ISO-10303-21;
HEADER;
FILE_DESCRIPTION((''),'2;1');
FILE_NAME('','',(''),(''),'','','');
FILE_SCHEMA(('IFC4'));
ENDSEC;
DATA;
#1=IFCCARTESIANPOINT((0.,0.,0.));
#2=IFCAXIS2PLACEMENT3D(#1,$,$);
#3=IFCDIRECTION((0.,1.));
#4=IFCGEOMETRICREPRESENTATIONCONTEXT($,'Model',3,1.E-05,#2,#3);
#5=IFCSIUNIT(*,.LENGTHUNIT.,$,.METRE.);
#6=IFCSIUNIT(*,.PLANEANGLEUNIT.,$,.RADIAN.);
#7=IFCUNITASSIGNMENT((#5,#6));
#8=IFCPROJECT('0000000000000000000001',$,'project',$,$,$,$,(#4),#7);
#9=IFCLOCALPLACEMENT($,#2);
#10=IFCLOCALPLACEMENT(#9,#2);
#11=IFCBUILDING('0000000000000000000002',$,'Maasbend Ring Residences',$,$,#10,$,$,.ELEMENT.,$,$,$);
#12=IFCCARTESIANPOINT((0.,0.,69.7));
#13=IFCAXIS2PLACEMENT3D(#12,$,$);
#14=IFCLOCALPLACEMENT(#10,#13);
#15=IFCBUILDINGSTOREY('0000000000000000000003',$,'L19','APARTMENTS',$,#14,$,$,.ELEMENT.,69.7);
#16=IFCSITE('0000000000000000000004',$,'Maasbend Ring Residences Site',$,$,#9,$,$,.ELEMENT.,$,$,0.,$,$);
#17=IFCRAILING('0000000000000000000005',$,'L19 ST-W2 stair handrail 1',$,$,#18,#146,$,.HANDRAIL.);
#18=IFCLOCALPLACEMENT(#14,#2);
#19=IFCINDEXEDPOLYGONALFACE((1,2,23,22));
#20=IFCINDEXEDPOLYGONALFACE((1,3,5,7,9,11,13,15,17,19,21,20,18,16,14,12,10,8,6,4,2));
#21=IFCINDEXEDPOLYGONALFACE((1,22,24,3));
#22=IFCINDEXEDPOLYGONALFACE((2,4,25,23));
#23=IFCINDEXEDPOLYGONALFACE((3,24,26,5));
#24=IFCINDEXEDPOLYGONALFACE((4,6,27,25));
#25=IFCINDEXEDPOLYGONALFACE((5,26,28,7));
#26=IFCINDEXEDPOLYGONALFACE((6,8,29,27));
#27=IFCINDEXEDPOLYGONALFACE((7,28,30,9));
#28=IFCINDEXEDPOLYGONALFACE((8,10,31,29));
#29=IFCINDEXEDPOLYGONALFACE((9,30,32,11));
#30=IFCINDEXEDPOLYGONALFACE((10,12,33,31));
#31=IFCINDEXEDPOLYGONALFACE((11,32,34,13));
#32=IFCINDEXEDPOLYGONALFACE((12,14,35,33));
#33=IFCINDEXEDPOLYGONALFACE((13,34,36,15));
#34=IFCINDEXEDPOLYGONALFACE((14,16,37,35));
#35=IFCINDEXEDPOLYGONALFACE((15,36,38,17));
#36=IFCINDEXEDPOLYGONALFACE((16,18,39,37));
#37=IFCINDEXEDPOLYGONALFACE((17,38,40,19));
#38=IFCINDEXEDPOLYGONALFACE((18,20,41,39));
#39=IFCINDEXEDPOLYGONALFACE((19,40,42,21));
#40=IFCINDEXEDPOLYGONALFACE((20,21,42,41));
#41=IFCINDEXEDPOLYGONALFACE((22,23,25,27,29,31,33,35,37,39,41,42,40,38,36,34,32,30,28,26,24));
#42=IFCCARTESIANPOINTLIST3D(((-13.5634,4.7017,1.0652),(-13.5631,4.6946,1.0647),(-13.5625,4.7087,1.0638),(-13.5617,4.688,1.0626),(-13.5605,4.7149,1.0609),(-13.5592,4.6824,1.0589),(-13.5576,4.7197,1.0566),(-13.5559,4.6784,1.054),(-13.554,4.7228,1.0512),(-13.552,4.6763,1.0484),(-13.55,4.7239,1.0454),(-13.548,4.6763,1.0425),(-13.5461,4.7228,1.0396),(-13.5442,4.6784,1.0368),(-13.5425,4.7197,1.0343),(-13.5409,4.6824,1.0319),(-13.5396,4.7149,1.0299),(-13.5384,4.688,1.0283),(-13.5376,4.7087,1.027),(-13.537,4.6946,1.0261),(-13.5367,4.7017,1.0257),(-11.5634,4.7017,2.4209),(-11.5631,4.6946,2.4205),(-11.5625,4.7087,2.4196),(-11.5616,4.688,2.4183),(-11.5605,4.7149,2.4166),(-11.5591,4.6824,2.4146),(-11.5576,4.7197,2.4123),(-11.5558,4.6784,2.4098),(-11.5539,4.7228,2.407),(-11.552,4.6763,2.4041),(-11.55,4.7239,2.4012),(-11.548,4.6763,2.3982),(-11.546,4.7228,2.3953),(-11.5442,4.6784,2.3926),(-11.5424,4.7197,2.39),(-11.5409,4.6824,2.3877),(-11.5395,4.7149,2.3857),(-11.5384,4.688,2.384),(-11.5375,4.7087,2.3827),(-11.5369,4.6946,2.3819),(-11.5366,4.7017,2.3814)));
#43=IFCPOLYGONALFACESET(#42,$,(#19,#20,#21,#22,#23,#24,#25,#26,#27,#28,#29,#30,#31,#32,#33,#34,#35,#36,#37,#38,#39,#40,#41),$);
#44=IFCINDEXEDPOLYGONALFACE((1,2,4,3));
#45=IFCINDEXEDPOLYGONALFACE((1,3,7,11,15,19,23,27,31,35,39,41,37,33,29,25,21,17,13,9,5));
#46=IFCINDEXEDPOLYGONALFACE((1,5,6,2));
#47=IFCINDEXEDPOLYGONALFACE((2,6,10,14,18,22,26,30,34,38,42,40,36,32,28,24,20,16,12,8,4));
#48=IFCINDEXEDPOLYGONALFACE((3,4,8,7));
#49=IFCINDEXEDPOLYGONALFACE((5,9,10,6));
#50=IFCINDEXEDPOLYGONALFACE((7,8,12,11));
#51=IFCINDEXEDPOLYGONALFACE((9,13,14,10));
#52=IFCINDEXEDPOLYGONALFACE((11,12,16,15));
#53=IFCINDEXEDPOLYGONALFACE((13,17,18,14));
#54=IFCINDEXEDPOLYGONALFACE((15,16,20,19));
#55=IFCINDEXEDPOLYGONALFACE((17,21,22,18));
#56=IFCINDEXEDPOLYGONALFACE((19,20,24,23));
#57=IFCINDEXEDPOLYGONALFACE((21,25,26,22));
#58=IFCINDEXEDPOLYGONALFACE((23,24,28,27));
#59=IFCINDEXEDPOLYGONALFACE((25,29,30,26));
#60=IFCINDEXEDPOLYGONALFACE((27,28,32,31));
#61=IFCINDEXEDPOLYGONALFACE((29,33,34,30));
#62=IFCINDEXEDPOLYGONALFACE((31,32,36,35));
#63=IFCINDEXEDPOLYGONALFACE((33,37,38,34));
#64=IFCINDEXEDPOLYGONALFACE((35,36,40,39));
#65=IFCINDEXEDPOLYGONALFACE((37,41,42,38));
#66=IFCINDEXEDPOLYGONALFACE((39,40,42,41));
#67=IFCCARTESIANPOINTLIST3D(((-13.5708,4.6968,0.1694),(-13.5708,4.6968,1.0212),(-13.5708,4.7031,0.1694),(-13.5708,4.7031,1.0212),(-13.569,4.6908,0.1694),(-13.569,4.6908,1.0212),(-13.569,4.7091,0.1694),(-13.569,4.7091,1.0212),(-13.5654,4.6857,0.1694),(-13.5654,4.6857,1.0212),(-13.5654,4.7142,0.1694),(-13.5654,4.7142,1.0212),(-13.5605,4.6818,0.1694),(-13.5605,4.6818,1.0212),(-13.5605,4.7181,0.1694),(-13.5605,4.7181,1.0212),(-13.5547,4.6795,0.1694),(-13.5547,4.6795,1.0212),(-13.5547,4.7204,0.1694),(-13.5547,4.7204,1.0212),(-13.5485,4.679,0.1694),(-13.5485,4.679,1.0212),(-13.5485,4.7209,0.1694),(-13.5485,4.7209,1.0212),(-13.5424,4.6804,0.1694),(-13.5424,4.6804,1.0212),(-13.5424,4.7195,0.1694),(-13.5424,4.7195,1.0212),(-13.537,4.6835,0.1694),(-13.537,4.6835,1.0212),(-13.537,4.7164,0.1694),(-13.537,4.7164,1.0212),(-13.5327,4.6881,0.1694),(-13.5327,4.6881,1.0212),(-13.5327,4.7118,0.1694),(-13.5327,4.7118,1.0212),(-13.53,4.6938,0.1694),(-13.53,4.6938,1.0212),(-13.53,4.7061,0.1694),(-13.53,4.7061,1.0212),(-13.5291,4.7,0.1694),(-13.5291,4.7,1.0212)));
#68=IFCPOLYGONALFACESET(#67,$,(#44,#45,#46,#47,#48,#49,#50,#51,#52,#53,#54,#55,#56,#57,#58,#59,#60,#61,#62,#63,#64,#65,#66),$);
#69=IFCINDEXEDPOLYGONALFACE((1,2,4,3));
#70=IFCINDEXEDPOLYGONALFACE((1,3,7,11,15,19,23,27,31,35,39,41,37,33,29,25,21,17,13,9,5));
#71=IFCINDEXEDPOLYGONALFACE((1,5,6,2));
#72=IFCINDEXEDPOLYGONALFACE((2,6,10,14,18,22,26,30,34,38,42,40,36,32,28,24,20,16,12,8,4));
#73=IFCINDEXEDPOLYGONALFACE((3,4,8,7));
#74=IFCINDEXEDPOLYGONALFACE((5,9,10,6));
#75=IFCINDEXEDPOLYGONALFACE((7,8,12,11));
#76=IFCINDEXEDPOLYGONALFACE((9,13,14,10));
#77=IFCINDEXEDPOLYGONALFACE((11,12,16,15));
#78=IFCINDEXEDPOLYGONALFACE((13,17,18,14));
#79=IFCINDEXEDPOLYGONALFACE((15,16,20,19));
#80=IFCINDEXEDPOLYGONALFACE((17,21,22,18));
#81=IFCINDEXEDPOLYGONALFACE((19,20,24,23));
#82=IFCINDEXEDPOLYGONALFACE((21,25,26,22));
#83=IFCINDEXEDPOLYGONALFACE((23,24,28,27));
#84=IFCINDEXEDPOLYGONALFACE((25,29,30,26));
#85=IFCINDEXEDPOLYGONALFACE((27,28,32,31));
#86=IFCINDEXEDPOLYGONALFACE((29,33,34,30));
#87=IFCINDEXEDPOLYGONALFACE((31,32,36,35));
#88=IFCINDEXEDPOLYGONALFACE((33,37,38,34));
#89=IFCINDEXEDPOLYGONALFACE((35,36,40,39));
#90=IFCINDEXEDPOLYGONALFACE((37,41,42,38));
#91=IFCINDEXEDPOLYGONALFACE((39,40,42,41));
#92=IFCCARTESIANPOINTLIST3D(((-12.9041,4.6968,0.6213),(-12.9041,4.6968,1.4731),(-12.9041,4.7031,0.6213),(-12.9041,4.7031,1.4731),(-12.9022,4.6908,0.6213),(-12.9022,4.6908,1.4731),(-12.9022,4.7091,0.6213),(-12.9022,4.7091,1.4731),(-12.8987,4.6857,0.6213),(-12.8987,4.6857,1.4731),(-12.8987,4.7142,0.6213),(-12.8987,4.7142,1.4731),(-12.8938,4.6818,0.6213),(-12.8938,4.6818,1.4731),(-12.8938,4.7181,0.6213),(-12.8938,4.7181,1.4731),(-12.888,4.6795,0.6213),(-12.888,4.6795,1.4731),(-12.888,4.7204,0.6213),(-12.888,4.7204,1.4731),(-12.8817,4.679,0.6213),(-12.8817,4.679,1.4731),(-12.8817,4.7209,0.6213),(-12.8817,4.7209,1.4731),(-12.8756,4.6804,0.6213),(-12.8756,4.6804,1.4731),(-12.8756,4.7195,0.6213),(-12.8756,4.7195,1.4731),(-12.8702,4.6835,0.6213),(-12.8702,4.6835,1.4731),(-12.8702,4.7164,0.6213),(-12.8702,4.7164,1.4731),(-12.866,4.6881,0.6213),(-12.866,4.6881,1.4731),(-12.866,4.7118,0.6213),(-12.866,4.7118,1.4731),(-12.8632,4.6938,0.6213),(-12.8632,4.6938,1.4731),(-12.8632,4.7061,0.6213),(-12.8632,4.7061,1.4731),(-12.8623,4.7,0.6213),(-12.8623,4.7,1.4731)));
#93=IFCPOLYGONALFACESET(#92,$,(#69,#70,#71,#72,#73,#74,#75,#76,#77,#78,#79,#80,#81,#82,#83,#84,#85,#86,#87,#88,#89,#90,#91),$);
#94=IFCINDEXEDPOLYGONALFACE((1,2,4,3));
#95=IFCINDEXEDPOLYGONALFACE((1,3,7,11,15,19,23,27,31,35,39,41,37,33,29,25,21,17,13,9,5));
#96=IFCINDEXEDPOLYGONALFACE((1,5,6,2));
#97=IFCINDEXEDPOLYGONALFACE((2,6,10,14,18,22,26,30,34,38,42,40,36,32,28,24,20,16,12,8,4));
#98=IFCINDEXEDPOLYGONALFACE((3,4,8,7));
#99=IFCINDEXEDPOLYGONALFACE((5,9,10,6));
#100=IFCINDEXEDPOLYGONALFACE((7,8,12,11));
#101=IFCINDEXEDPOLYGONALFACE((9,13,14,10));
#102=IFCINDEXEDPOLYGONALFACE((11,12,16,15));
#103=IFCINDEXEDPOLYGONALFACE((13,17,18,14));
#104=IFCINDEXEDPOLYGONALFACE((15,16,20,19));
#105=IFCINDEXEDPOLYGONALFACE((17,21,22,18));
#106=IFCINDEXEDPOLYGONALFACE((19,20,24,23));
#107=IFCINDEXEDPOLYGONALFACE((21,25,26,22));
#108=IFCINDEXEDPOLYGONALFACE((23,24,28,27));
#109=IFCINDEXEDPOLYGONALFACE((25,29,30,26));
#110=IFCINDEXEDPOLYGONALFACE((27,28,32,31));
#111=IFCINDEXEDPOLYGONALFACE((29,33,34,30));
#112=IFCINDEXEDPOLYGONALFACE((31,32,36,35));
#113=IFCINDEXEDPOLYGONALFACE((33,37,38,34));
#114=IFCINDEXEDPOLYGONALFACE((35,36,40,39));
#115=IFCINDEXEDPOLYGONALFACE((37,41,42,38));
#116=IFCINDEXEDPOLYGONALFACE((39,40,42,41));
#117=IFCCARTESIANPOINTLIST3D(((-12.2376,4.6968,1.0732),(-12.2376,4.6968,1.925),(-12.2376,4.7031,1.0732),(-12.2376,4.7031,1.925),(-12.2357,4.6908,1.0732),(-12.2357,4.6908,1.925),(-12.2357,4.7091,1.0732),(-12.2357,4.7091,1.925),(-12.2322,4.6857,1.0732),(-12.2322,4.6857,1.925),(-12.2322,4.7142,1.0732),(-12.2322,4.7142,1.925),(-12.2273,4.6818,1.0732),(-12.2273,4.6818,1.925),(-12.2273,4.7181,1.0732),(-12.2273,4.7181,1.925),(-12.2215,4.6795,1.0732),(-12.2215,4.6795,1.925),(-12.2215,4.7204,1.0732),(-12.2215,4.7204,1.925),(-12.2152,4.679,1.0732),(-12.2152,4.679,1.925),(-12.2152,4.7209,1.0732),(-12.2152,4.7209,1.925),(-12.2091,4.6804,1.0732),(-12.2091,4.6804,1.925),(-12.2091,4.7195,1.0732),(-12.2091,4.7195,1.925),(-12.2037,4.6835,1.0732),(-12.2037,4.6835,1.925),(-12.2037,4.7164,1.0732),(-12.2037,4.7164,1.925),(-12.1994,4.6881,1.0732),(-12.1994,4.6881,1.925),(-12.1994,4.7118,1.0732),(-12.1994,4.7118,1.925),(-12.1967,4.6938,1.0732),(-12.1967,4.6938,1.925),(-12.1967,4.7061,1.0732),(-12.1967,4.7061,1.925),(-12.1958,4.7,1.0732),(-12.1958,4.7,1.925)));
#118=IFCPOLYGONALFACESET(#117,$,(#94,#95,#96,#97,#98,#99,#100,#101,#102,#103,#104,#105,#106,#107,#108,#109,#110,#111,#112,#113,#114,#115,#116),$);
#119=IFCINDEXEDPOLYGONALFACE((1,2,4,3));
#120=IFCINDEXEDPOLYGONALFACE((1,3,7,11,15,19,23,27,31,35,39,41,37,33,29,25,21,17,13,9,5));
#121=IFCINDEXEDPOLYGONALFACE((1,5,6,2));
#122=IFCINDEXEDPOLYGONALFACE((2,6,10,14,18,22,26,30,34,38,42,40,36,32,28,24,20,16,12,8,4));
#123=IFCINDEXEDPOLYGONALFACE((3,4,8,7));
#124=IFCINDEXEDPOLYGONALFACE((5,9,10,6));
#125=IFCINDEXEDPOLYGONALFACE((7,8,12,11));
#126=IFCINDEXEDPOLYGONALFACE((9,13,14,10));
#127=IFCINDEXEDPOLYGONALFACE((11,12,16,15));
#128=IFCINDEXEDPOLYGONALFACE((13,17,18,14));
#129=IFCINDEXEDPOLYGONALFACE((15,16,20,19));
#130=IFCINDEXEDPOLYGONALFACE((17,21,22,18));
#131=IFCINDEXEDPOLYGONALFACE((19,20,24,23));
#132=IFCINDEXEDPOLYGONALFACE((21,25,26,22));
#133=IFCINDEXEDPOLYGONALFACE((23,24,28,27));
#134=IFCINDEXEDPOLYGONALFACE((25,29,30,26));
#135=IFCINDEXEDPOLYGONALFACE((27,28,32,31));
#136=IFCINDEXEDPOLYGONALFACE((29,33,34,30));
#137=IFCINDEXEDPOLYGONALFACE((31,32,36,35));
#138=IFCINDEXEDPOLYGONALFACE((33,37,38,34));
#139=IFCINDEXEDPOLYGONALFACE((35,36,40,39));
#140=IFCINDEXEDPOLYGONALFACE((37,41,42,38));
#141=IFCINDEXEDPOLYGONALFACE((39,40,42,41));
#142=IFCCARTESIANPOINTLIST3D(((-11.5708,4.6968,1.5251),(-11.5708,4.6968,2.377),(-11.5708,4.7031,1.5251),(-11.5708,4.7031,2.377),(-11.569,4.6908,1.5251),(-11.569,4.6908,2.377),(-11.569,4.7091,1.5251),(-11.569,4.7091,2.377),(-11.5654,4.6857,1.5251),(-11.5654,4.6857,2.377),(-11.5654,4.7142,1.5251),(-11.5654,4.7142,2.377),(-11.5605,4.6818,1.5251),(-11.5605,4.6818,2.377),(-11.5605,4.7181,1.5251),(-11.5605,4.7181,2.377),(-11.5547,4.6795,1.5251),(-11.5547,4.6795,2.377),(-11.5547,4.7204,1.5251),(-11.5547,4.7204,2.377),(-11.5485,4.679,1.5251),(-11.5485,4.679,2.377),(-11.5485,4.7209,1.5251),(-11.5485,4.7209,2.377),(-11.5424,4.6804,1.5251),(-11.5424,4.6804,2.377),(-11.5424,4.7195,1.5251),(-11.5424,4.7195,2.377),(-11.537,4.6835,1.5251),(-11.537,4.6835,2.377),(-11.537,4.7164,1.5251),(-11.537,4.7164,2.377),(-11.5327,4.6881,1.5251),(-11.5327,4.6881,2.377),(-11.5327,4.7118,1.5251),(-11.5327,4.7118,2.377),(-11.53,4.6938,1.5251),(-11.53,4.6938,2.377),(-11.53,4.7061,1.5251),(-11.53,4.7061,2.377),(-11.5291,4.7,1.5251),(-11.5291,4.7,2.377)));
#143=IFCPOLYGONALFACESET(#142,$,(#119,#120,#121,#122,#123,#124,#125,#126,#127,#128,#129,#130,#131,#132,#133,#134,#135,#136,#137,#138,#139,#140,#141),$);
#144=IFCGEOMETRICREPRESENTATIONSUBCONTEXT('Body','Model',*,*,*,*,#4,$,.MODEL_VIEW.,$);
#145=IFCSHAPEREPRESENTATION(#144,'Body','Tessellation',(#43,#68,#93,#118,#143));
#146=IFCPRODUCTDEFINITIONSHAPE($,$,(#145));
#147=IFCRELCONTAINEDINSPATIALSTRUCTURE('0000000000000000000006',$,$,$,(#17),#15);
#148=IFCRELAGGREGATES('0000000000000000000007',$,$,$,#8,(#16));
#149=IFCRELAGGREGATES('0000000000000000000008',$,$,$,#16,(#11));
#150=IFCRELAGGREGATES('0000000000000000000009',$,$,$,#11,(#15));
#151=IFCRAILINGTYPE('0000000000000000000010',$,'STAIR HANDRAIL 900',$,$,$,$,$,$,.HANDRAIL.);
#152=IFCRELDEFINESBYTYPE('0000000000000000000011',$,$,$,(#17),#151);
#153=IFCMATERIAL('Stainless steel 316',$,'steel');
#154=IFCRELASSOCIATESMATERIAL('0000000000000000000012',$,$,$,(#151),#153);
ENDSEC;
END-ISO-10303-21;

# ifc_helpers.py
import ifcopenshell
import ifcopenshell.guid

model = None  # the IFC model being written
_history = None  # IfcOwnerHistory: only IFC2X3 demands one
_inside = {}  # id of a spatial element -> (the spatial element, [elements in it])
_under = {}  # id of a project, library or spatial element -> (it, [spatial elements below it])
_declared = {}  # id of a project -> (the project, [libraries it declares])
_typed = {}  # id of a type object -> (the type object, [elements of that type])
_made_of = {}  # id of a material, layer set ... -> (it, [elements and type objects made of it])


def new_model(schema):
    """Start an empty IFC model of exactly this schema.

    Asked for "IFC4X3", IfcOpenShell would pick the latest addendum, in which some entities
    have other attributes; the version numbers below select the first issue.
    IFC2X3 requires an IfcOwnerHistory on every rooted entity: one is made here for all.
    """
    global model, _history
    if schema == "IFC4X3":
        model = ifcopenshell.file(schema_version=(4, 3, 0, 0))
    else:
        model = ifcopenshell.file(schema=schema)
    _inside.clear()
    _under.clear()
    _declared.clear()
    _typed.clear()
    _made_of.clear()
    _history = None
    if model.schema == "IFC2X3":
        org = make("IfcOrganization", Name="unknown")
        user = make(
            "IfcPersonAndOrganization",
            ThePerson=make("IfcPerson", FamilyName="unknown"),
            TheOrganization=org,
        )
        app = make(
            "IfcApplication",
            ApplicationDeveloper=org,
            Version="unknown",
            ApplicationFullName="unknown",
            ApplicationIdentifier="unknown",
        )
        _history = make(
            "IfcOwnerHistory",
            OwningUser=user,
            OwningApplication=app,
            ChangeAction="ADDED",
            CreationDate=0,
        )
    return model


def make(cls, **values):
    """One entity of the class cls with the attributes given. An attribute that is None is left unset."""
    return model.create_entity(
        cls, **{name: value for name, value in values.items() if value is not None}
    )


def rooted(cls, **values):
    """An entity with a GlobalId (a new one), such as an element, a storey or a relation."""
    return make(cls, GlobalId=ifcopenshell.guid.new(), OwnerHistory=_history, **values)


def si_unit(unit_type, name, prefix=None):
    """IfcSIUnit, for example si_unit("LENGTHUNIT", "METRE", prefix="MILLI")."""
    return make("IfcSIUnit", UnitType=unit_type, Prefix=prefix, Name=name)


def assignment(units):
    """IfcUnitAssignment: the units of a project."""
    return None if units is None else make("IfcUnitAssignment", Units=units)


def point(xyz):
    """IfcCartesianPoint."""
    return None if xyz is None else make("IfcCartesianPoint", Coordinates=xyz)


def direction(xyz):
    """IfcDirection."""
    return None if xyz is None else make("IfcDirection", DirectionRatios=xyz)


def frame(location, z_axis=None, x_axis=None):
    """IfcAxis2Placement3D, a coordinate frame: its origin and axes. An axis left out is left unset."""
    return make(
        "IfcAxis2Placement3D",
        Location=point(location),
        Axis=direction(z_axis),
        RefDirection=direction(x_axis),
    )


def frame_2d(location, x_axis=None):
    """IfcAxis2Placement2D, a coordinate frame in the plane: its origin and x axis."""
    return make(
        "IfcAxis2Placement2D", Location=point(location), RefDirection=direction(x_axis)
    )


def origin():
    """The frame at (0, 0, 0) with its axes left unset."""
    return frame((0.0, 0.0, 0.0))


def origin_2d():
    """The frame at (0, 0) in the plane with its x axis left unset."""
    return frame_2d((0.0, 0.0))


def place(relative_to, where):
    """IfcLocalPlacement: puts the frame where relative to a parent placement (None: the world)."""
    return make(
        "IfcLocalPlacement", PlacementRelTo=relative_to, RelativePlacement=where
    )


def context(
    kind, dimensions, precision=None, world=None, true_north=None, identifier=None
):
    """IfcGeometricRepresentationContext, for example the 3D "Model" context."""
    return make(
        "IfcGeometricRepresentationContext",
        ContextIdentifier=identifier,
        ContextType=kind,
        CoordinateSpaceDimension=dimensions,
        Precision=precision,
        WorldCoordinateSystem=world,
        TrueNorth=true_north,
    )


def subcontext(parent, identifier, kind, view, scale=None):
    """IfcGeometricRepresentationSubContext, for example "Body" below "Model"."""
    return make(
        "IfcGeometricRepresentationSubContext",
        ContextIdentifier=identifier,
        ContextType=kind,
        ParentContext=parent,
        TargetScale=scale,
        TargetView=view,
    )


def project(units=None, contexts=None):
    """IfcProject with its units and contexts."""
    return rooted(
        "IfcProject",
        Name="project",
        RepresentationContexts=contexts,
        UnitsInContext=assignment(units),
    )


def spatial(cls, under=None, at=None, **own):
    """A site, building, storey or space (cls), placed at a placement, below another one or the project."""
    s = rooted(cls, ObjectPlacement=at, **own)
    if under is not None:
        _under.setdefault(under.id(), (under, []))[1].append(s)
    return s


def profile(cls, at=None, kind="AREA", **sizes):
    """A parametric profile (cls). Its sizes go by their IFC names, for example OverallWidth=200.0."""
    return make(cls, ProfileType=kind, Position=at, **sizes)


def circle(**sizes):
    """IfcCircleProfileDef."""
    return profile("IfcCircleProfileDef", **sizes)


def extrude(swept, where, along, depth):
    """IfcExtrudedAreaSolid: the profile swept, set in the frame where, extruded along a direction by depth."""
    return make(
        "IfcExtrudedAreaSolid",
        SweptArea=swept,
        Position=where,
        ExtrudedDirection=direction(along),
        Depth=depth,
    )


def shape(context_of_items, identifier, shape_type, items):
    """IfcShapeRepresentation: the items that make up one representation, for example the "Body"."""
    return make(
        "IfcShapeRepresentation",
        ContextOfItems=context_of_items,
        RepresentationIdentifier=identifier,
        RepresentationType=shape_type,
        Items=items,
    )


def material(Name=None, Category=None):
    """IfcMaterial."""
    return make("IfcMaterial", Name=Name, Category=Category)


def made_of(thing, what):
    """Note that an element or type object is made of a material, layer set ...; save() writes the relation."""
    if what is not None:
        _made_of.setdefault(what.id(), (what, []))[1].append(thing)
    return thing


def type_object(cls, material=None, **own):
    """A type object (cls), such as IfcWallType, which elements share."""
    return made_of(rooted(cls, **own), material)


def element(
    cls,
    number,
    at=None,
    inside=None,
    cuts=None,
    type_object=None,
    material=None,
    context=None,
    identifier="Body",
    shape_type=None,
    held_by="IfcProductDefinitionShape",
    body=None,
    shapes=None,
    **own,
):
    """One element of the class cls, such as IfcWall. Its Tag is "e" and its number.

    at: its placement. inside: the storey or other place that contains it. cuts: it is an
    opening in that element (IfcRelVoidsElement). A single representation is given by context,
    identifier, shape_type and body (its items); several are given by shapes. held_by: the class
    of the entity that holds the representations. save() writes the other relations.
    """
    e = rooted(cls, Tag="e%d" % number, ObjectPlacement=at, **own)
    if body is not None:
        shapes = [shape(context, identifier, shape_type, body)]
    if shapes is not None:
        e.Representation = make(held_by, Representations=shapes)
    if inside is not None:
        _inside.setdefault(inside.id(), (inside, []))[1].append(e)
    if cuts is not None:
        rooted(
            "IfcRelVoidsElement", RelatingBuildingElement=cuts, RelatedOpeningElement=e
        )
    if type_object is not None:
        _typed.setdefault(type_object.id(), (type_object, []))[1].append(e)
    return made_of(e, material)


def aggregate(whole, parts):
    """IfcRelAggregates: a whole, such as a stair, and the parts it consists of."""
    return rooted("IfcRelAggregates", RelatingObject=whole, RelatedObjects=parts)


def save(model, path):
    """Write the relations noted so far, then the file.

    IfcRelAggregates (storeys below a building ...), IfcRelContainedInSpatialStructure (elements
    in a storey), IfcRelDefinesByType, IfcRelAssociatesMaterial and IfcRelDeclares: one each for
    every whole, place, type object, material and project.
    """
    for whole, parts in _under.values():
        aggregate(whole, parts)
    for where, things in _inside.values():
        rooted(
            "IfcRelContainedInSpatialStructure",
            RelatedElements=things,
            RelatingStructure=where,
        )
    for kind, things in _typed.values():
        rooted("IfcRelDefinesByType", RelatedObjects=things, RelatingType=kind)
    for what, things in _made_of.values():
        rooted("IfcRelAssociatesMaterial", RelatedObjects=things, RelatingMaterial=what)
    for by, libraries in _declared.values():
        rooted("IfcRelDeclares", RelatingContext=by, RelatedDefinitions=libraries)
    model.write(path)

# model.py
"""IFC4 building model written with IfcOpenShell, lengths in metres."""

from ifc_helpers import new_model, si_unit, direction, frame, origin, origin_2d, place, context, subcontext, project, spatial, circle, extrude, material, type_object, element, save


model = new_model("IFC4")

# Units and contexts
model_context = context("Model", 3, precision=1e-05, world=origin(), true_north=direction((0.0, 1.0)))
body_context = subcontext(model_context, "Body", "Model", "MODEL_VIEW")
ifc_project = project(units=[si_unit("LENGTHUNIT", "METRE"), si_unit("PLANEANGLEUNIT", "RADIAN")], contexts=[model_context])

# Site, building, storey
site_placement = place(None, origin())
site = spatial("IfcSite", under=ifc_project, at=site_placement, Name="Maasbend Ring Residences Site", CompositionType="ELEMENT", RefElevation=0.0)
building_placement = place(site_placement, origin())
building = spatial("IfcBuilding", under=site, at=building_placement, Name="Maasbend Ring Residences", CompositionType="ELEMENT")
storey_placement = place(building_placement, frame((0.0, 0.0, 69.7)))
storey = spatial("IfcBuildingStorey", under=building, at=storey_placement, Name="L19", Description="APARTMENTS", CompositionType="ELEMENT", Elevation=69.7)

# Railing
ifc_material_1 = material(Name="Stainless steel 316", Category="steel")
railing_type_1 = type_object("IfcRailingType", Name="STAIR HANDRAIL 900", PredefinedType="HANDRAIL", material=ifc_material_1)
railing_1_placement = place(storey_placement, frame((-13.55, 4.7, 0.1694)))
element("IfcRailing", 1, at=railing_1_placement, inside=storey, type_object=railing_type_1, Name="L19 ST-W2 stair handrail 1", PredefinedType="HANDRAIL", context=body_context, shape_type="SweptSolid", body=[
    extrude(circle(Radius=0.0239, at=origin_2d()), frame((0.0, 0.0, 0.876), z_axis=(0.827751, 0.0, 0.561096), x_axis=(0.0, 1.0, 0.0)), (0.0, 0.0, 1.0), 2.4163),
    extrude(circle(Radius=0.021, at=origin_2d()), origin(), (0.0, 0.0, 1.0), 0.8518),
    extrude(circle(Radius=0.021, at=origin_2d()), frame((0.6667, 0.0, 0.4519)), (0.0, 0.0, 1.0), 0.8518),
    extrude(circle(Radius=0.021, at=origin_2d()), frame((1.3333, 0.0, 0.9038)), (0.0, 0.0, 1.0), 0.8518),
    extrude(circle(Radius=0.021, at=origin_2d()), frame((2.0, 0.0, 1.3557)), (0.0, 0.0, 1.0), 0.8518),
])

save(model, "model.ifc")
